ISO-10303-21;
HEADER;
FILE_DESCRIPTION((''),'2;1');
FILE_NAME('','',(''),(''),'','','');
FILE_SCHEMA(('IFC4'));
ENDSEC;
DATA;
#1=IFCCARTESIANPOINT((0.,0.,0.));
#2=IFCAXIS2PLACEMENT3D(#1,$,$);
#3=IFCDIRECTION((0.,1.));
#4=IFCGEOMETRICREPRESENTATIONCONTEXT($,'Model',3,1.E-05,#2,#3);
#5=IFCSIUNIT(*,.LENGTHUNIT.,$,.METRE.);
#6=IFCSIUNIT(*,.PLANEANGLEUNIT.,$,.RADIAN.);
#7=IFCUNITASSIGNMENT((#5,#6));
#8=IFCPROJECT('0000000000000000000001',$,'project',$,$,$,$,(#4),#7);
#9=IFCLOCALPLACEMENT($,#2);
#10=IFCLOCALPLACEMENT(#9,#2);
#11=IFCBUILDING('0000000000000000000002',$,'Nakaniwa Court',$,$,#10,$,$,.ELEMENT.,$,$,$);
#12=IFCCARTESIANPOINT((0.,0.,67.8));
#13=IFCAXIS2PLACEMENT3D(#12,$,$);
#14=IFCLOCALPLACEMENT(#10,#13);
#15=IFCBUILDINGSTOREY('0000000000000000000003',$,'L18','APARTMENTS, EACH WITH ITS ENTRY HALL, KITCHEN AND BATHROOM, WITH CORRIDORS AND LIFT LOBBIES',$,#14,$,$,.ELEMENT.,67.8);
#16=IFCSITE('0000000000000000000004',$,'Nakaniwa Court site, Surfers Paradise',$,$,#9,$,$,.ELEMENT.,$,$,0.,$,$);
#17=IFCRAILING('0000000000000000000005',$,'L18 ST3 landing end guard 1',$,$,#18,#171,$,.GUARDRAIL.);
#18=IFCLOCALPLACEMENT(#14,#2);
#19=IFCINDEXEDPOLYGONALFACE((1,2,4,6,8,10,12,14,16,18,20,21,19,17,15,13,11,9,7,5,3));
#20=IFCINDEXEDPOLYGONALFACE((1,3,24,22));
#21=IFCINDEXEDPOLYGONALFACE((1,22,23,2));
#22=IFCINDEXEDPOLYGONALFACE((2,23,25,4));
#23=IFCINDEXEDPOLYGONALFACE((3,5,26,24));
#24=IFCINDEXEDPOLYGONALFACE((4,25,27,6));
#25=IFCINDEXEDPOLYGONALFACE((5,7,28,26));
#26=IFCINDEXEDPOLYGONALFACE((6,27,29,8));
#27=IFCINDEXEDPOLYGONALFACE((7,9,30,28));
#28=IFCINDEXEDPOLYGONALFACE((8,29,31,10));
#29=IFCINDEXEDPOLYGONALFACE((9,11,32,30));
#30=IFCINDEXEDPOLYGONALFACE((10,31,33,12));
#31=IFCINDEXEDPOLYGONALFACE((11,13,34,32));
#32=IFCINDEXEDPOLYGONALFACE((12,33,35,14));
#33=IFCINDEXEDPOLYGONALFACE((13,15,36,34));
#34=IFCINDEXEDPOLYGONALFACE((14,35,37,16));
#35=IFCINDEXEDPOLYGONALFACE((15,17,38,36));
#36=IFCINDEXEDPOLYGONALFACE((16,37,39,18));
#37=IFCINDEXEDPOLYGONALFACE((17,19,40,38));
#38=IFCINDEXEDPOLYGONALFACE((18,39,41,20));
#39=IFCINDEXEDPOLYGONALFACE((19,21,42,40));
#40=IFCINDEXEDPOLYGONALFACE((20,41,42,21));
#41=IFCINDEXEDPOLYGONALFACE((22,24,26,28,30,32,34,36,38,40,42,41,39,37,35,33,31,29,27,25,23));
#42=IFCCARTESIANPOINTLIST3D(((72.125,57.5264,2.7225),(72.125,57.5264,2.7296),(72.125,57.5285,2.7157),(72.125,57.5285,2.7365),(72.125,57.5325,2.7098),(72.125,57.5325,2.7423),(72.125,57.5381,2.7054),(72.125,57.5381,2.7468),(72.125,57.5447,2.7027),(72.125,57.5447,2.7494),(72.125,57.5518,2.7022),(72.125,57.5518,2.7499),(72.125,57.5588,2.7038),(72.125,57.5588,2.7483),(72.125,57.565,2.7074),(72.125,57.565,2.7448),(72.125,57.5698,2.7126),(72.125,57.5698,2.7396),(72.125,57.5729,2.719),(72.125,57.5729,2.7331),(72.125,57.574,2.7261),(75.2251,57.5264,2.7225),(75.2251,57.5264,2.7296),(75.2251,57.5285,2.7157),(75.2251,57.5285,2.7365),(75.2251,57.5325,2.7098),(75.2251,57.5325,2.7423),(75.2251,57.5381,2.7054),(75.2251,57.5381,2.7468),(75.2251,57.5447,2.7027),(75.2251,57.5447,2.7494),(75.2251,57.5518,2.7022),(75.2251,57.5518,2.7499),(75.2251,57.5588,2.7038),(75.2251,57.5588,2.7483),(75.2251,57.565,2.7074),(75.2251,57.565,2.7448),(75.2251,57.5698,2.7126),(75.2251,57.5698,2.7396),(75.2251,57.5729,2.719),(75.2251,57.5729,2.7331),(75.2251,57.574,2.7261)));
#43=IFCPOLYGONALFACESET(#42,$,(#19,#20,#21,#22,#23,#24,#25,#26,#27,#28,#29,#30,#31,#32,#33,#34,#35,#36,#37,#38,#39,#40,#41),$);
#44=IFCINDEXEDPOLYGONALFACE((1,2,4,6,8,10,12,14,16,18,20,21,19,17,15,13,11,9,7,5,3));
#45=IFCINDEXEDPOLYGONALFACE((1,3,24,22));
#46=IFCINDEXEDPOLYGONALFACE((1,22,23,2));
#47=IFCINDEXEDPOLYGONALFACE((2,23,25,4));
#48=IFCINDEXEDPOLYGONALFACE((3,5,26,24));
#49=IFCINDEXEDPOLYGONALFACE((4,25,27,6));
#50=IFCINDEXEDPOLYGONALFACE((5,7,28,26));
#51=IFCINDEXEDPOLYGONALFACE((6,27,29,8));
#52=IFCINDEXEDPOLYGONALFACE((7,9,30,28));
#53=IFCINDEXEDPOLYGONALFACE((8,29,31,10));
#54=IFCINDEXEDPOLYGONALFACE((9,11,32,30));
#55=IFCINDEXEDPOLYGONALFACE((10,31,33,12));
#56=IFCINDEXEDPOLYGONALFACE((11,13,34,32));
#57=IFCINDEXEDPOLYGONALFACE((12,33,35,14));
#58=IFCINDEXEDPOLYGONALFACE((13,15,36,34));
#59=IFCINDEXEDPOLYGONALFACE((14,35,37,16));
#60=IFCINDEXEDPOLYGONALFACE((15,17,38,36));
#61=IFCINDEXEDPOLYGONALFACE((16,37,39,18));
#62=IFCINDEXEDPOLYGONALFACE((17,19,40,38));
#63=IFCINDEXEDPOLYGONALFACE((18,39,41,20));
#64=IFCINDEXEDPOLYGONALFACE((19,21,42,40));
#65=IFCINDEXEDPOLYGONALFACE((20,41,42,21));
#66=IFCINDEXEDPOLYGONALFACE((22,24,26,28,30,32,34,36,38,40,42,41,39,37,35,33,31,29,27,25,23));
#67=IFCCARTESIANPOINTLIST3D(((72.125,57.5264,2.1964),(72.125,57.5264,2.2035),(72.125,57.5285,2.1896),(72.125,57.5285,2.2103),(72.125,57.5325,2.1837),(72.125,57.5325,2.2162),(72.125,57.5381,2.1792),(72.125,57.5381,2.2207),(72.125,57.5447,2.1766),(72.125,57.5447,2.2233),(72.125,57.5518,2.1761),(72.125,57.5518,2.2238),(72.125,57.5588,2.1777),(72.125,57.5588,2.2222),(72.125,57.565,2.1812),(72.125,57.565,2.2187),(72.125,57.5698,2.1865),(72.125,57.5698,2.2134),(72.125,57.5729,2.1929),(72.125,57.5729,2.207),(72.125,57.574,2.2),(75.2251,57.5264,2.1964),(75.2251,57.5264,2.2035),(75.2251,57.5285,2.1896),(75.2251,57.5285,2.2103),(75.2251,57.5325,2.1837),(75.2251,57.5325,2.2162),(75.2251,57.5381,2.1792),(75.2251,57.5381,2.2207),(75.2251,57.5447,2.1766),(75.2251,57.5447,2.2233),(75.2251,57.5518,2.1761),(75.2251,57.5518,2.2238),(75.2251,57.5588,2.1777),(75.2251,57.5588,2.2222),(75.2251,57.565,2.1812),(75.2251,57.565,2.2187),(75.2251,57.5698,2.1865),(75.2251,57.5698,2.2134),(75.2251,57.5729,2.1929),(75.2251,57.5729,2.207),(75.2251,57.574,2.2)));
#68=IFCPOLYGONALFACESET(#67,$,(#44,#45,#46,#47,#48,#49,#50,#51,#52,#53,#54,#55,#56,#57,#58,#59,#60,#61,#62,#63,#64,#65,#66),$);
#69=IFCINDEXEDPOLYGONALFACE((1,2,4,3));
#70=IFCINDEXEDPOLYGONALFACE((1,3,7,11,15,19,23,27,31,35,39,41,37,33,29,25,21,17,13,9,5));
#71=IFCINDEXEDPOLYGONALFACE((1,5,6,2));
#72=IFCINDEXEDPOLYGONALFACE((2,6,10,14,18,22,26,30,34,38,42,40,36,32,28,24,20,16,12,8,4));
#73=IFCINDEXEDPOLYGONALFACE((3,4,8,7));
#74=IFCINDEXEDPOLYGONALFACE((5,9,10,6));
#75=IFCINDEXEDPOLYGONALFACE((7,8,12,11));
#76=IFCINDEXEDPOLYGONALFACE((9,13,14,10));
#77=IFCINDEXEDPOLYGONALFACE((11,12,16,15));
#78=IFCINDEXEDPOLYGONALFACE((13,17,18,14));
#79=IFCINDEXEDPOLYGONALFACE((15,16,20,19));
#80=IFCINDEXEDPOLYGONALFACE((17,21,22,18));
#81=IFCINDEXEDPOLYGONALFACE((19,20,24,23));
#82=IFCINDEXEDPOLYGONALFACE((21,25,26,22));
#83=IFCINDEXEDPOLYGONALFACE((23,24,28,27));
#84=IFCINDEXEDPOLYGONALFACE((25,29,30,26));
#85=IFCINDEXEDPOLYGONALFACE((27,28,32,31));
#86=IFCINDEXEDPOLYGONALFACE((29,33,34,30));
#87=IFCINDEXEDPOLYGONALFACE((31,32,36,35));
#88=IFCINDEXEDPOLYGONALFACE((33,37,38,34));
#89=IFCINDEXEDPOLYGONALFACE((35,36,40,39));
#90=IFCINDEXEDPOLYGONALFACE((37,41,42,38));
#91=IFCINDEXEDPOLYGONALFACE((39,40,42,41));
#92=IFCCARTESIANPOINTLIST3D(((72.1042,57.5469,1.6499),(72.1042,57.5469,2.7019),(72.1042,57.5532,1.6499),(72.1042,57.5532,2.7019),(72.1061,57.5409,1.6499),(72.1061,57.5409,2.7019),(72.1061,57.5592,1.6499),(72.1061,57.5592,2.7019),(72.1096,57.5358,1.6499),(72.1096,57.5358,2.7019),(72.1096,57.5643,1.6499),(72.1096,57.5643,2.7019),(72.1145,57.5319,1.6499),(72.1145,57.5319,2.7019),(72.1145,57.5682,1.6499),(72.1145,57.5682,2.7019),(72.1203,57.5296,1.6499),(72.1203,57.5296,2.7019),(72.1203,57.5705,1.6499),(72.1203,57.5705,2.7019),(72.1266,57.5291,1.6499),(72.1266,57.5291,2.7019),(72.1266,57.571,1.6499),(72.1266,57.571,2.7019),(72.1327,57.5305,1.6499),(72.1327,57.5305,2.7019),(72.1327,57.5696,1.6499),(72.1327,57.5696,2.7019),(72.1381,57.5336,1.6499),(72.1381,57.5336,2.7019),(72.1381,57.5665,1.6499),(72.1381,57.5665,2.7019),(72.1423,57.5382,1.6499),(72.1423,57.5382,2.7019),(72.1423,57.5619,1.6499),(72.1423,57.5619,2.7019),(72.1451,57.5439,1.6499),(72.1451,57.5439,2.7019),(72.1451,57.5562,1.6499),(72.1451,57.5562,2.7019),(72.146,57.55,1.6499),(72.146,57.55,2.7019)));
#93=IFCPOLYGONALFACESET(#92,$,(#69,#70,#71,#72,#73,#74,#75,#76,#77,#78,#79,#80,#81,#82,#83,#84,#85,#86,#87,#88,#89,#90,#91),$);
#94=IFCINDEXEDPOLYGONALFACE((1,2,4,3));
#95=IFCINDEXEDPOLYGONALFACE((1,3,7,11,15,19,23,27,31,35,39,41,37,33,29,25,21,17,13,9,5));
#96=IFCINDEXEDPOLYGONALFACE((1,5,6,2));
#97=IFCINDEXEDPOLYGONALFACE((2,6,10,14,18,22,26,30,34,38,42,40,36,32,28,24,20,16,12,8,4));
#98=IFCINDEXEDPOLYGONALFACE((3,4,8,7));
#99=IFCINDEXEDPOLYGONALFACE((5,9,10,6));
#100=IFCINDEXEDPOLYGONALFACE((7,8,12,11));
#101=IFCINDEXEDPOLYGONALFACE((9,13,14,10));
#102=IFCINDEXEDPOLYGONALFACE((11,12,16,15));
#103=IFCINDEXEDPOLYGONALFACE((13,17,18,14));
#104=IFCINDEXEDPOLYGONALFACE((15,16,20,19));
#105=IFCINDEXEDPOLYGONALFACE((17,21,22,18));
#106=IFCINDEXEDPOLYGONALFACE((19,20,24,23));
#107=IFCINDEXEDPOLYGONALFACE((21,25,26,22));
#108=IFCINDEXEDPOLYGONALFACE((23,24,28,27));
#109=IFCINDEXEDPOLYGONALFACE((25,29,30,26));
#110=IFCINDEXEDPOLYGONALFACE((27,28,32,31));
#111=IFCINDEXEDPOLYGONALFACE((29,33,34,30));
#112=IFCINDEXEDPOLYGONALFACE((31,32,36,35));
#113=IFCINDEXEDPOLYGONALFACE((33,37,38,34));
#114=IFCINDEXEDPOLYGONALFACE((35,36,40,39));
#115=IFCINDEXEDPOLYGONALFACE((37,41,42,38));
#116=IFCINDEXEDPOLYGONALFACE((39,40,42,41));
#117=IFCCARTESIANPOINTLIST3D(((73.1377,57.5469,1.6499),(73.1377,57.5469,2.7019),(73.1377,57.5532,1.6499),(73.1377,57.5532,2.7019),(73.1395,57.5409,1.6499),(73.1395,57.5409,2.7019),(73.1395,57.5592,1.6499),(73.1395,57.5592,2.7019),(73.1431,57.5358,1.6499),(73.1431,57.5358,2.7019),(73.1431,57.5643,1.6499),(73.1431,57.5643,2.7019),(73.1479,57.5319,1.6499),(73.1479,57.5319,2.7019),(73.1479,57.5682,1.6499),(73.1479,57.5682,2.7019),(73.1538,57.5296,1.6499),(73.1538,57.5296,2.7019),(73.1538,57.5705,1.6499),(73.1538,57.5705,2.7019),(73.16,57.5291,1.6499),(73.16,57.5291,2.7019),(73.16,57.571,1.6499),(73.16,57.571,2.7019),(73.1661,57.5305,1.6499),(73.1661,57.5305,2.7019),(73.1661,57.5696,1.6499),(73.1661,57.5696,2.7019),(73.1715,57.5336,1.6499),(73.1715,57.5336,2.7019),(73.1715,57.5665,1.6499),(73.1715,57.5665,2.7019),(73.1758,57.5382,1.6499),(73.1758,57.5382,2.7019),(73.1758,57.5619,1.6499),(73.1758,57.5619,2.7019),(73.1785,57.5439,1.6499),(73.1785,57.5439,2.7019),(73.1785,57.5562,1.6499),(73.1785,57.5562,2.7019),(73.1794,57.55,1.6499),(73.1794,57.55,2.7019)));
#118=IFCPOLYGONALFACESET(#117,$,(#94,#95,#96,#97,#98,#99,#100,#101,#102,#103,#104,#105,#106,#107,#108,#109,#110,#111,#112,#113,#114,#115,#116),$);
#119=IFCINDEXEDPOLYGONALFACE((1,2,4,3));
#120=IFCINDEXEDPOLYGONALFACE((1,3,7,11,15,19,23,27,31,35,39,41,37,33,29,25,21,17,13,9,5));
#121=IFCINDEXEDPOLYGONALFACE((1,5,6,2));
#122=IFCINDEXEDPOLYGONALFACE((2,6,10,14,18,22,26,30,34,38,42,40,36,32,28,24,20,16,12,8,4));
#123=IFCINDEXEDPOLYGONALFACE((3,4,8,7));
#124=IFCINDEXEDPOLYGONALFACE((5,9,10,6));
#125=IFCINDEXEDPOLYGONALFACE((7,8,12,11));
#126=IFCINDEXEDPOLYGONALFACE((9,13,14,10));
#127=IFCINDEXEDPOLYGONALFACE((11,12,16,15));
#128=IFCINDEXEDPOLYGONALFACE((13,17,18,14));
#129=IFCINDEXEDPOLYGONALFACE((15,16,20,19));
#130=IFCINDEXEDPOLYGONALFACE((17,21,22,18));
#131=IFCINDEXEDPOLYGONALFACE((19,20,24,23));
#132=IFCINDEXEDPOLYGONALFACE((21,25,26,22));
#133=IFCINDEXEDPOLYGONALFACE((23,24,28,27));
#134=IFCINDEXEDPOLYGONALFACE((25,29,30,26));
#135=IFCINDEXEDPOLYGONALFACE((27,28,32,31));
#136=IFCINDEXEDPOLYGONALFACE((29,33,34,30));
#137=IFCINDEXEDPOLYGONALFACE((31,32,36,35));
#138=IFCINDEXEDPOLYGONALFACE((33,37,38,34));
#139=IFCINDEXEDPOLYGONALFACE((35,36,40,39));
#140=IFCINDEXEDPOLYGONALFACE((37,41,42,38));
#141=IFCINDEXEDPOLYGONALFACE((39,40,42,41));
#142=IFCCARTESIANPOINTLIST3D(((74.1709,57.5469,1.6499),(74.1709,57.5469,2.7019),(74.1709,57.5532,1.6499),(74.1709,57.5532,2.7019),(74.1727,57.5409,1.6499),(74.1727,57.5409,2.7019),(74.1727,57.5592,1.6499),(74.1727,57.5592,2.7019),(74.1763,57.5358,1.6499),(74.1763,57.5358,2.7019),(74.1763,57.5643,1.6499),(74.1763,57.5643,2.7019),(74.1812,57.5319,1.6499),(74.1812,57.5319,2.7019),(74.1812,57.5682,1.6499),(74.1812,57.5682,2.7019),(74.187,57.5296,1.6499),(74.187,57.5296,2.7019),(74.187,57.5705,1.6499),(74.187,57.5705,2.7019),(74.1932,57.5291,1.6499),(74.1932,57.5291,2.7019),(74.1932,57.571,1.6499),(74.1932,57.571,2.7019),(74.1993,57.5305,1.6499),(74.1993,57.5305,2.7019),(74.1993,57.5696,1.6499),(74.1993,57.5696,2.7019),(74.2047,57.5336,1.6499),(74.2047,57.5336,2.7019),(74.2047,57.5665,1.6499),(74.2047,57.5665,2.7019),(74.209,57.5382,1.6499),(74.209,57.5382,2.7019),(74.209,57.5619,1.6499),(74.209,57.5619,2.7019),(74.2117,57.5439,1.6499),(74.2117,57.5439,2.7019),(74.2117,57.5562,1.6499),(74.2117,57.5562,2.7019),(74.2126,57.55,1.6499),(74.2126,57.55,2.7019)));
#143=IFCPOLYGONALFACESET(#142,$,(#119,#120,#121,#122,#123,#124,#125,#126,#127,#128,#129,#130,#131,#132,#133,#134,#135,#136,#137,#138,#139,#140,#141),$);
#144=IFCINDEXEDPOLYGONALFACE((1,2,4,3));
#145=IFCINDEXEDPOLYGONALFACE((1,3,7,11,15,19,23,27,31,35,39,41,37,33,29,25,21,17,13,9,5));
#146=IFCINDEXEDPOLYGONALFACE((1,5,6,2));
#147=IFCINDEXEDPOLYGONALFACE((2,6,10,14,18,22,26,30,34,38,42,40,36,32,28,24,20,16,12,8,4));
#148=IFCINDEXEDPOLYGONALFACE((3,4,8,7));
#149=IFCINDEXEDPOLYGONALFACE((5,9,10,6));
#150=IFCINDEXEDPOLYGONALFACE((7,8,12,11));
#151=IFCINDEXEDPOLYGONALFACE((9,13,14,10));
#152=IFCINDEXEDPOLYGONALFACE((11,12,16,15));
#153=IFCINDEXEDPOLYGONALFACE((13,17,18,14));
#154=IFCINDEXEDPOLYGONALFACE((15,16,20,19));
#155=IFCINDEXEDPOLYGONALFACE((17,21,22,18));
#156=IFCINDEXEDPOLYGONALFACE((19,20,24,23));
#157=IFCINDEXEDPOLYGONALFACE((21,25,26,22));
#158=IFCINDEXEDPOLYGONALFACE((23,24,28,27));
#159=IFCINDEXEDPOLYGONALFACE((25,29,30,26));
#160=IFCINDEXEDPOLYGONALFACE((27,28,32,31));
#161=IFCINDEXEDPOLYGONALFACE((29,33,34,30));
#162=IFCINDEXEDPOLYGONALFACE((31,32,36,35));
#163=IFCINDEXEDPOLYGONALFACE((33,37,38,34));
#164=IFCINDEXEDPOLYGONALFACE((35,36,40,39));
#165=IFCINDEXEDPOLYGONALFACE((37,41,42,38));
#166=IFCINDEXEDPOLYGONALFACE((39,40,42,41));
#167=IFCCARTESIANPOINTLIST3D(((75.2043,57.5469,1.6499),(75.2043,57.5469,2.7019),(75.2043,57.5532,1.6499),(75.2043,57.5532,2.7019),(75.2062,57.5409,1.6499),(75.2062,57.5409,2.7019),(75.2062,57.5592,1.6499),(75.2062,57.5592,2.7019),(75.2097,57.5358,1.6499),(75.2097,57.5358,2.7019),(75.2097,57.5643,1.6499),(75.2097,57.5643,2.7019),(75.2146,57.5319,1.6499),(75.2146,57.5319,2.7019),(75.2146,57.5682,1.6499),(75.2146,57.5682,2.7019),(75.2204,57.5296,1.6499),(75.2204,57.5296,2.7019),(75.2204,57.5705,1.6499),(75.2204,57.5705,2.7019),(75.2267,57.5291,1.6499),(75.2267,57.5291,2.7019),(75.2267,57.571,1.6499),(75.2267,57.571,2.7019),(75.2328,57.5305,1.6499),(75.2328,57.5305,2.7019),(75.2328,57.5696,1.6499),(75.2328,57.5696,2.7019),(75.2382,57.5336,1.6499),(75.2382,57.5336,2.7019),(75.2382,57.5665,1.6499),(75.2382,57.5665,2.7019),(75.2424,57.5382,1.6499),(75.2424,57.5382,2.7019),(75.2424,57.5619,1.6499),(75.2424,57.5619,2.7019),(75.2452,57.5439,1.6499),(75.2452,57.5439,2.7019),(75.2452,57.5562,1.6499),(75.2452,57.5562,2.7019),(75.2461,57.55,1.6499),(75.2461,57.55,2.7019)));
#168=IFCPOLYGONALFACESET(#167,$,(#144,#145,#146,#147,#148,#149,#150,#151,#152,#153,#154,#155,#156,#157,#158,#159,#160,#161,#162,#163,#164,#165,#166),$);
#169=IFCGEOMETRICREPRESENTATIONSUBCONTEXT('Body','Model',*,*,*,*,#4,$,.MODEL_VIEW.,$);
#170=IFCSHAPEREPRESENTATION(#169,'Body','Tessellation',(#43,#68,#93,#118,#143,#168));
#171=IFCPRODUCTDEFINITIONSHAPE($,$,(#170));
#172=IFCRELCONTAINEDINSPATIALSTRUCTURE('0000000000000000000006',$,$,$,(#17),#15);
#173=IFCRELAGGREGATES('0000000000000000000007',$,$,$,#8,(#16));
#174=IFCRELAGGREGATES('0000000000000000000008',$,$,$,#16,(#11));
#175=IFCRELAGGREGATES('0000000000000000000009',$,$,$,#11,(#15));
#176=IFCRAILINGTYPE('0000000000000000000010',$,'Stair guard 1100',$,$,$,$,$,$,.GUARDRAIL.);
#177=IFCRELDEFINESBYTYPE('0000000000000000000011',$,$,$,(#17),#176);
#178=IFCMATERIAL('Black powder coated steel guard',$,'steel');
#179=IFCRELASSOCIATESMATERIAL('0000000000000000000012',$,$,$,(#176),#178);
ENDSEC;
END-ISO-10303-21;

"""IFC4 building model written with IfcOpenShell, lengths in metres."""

from ifc_helpers import new_model, si_unit, direction, frame, origin, origin_2d, place, context, subcontext, project, spatial, circle, extrude, material, type_object, element, save


model = new_model("IFC4")

# Units and contexts
model_context = context("Model", 3, precision=1e-05, world=origin(), true_north=direction((0.0, 1.0)))
body_context = subcontext(model_context, "Body", "Model", "MODEL_VIEW")
ifc_project = project(units=[si_unit("LENGTHUNIT", "METRE"), si_unit("PLANEANGLEUNIT", "RADIAN")], contexts=[model_context])

# Site, building, storey
site_placement = place(None, origin())
site = spatial("IfcSite", under=ifc_project, at=site_placement, Name="Nakaniwa Court site, Surfers Paradise", CompositionType="ELEMENT", RefElevation=0.0)
building_placement = place(site_placement, origin())
building = spatial("IfcBuilding", under=site, at=building_placement, Name="Nakaniwa Court", CompositionType="ELEMENT")
storey_placement = place(building_placement, frame((0.0, 0.0, 67.8)))
storey = spatial("IfcBuildingStorey", under=building, at=storey_placement, Name="L18", Description="APARTMENTS, EACH WITH ITS ENTRY HALL, KITCHEN AND BATHROOM, WITH CORRIDORS AND LIFT LOBBIES", CompositionType="ELEMENT", Elevation=67.8)

# Railing
ifc_material_1 = material(Name="Black powder coated steel guard", Category="steel")
railing_type_1 = type_object("IfcRailingType", Name="Stair guard 1100", PredefinedType="GUARDRAIL", material=ifc_material_1)
railing_1_placement = place(storey_placement, frame((72.125, 57.55, 1.6499)))
element("IfcRailing", 1, at=railing_1_placement, inside=storey, type_object=railing_type_1, Name="L18 ST3 landing end guard 1", PredefinedType="GUARDRAIL", context=body_context, shape_type="SweptSolid", body=[
    extrude(circle(Radius=0.0239, at=origin_2d()), frame((0.0, 0.0, 1.0762), z_axis=(1.0, 0.0, 0.0), x_axis=(0.0, 1.0, 0.0)), (0.0, 0.0, 1.0), 3.1001),
    extrude(circle(Radius=0.0239, at=origin_2d()), frame((0.0, 0.0, 0.55), z_axis=(1.0, 0.0, 0.0), x_axis=(0.0, 1.0, 0.0)), (0.0, 0.0, 1.0), 3.1001),
    extrude(circle(Radius=0.021, at=origin_2d()), origin(), (0.0, 0.0, 1.0), 1.052),
    extrude(circle(Radius=0.021, at=origin_2d()), frame((1.0334, 0.0, 0.0)), (0.0, 0.0, 1.0), 1.052),
    extrude(circle(Radius=0.021, at=origin_2d()), frame((2.0667, 0.0, 0.0)), (0.0, 0.0, 1.0), 1.052),
    extrude(circle(Radius=0.021, at=origin_2d()), frame((3.1001, 0.0, 0.0)), (0.0, 0.0, 1.0), 1.052),
])

save(model, "model.ifc")
